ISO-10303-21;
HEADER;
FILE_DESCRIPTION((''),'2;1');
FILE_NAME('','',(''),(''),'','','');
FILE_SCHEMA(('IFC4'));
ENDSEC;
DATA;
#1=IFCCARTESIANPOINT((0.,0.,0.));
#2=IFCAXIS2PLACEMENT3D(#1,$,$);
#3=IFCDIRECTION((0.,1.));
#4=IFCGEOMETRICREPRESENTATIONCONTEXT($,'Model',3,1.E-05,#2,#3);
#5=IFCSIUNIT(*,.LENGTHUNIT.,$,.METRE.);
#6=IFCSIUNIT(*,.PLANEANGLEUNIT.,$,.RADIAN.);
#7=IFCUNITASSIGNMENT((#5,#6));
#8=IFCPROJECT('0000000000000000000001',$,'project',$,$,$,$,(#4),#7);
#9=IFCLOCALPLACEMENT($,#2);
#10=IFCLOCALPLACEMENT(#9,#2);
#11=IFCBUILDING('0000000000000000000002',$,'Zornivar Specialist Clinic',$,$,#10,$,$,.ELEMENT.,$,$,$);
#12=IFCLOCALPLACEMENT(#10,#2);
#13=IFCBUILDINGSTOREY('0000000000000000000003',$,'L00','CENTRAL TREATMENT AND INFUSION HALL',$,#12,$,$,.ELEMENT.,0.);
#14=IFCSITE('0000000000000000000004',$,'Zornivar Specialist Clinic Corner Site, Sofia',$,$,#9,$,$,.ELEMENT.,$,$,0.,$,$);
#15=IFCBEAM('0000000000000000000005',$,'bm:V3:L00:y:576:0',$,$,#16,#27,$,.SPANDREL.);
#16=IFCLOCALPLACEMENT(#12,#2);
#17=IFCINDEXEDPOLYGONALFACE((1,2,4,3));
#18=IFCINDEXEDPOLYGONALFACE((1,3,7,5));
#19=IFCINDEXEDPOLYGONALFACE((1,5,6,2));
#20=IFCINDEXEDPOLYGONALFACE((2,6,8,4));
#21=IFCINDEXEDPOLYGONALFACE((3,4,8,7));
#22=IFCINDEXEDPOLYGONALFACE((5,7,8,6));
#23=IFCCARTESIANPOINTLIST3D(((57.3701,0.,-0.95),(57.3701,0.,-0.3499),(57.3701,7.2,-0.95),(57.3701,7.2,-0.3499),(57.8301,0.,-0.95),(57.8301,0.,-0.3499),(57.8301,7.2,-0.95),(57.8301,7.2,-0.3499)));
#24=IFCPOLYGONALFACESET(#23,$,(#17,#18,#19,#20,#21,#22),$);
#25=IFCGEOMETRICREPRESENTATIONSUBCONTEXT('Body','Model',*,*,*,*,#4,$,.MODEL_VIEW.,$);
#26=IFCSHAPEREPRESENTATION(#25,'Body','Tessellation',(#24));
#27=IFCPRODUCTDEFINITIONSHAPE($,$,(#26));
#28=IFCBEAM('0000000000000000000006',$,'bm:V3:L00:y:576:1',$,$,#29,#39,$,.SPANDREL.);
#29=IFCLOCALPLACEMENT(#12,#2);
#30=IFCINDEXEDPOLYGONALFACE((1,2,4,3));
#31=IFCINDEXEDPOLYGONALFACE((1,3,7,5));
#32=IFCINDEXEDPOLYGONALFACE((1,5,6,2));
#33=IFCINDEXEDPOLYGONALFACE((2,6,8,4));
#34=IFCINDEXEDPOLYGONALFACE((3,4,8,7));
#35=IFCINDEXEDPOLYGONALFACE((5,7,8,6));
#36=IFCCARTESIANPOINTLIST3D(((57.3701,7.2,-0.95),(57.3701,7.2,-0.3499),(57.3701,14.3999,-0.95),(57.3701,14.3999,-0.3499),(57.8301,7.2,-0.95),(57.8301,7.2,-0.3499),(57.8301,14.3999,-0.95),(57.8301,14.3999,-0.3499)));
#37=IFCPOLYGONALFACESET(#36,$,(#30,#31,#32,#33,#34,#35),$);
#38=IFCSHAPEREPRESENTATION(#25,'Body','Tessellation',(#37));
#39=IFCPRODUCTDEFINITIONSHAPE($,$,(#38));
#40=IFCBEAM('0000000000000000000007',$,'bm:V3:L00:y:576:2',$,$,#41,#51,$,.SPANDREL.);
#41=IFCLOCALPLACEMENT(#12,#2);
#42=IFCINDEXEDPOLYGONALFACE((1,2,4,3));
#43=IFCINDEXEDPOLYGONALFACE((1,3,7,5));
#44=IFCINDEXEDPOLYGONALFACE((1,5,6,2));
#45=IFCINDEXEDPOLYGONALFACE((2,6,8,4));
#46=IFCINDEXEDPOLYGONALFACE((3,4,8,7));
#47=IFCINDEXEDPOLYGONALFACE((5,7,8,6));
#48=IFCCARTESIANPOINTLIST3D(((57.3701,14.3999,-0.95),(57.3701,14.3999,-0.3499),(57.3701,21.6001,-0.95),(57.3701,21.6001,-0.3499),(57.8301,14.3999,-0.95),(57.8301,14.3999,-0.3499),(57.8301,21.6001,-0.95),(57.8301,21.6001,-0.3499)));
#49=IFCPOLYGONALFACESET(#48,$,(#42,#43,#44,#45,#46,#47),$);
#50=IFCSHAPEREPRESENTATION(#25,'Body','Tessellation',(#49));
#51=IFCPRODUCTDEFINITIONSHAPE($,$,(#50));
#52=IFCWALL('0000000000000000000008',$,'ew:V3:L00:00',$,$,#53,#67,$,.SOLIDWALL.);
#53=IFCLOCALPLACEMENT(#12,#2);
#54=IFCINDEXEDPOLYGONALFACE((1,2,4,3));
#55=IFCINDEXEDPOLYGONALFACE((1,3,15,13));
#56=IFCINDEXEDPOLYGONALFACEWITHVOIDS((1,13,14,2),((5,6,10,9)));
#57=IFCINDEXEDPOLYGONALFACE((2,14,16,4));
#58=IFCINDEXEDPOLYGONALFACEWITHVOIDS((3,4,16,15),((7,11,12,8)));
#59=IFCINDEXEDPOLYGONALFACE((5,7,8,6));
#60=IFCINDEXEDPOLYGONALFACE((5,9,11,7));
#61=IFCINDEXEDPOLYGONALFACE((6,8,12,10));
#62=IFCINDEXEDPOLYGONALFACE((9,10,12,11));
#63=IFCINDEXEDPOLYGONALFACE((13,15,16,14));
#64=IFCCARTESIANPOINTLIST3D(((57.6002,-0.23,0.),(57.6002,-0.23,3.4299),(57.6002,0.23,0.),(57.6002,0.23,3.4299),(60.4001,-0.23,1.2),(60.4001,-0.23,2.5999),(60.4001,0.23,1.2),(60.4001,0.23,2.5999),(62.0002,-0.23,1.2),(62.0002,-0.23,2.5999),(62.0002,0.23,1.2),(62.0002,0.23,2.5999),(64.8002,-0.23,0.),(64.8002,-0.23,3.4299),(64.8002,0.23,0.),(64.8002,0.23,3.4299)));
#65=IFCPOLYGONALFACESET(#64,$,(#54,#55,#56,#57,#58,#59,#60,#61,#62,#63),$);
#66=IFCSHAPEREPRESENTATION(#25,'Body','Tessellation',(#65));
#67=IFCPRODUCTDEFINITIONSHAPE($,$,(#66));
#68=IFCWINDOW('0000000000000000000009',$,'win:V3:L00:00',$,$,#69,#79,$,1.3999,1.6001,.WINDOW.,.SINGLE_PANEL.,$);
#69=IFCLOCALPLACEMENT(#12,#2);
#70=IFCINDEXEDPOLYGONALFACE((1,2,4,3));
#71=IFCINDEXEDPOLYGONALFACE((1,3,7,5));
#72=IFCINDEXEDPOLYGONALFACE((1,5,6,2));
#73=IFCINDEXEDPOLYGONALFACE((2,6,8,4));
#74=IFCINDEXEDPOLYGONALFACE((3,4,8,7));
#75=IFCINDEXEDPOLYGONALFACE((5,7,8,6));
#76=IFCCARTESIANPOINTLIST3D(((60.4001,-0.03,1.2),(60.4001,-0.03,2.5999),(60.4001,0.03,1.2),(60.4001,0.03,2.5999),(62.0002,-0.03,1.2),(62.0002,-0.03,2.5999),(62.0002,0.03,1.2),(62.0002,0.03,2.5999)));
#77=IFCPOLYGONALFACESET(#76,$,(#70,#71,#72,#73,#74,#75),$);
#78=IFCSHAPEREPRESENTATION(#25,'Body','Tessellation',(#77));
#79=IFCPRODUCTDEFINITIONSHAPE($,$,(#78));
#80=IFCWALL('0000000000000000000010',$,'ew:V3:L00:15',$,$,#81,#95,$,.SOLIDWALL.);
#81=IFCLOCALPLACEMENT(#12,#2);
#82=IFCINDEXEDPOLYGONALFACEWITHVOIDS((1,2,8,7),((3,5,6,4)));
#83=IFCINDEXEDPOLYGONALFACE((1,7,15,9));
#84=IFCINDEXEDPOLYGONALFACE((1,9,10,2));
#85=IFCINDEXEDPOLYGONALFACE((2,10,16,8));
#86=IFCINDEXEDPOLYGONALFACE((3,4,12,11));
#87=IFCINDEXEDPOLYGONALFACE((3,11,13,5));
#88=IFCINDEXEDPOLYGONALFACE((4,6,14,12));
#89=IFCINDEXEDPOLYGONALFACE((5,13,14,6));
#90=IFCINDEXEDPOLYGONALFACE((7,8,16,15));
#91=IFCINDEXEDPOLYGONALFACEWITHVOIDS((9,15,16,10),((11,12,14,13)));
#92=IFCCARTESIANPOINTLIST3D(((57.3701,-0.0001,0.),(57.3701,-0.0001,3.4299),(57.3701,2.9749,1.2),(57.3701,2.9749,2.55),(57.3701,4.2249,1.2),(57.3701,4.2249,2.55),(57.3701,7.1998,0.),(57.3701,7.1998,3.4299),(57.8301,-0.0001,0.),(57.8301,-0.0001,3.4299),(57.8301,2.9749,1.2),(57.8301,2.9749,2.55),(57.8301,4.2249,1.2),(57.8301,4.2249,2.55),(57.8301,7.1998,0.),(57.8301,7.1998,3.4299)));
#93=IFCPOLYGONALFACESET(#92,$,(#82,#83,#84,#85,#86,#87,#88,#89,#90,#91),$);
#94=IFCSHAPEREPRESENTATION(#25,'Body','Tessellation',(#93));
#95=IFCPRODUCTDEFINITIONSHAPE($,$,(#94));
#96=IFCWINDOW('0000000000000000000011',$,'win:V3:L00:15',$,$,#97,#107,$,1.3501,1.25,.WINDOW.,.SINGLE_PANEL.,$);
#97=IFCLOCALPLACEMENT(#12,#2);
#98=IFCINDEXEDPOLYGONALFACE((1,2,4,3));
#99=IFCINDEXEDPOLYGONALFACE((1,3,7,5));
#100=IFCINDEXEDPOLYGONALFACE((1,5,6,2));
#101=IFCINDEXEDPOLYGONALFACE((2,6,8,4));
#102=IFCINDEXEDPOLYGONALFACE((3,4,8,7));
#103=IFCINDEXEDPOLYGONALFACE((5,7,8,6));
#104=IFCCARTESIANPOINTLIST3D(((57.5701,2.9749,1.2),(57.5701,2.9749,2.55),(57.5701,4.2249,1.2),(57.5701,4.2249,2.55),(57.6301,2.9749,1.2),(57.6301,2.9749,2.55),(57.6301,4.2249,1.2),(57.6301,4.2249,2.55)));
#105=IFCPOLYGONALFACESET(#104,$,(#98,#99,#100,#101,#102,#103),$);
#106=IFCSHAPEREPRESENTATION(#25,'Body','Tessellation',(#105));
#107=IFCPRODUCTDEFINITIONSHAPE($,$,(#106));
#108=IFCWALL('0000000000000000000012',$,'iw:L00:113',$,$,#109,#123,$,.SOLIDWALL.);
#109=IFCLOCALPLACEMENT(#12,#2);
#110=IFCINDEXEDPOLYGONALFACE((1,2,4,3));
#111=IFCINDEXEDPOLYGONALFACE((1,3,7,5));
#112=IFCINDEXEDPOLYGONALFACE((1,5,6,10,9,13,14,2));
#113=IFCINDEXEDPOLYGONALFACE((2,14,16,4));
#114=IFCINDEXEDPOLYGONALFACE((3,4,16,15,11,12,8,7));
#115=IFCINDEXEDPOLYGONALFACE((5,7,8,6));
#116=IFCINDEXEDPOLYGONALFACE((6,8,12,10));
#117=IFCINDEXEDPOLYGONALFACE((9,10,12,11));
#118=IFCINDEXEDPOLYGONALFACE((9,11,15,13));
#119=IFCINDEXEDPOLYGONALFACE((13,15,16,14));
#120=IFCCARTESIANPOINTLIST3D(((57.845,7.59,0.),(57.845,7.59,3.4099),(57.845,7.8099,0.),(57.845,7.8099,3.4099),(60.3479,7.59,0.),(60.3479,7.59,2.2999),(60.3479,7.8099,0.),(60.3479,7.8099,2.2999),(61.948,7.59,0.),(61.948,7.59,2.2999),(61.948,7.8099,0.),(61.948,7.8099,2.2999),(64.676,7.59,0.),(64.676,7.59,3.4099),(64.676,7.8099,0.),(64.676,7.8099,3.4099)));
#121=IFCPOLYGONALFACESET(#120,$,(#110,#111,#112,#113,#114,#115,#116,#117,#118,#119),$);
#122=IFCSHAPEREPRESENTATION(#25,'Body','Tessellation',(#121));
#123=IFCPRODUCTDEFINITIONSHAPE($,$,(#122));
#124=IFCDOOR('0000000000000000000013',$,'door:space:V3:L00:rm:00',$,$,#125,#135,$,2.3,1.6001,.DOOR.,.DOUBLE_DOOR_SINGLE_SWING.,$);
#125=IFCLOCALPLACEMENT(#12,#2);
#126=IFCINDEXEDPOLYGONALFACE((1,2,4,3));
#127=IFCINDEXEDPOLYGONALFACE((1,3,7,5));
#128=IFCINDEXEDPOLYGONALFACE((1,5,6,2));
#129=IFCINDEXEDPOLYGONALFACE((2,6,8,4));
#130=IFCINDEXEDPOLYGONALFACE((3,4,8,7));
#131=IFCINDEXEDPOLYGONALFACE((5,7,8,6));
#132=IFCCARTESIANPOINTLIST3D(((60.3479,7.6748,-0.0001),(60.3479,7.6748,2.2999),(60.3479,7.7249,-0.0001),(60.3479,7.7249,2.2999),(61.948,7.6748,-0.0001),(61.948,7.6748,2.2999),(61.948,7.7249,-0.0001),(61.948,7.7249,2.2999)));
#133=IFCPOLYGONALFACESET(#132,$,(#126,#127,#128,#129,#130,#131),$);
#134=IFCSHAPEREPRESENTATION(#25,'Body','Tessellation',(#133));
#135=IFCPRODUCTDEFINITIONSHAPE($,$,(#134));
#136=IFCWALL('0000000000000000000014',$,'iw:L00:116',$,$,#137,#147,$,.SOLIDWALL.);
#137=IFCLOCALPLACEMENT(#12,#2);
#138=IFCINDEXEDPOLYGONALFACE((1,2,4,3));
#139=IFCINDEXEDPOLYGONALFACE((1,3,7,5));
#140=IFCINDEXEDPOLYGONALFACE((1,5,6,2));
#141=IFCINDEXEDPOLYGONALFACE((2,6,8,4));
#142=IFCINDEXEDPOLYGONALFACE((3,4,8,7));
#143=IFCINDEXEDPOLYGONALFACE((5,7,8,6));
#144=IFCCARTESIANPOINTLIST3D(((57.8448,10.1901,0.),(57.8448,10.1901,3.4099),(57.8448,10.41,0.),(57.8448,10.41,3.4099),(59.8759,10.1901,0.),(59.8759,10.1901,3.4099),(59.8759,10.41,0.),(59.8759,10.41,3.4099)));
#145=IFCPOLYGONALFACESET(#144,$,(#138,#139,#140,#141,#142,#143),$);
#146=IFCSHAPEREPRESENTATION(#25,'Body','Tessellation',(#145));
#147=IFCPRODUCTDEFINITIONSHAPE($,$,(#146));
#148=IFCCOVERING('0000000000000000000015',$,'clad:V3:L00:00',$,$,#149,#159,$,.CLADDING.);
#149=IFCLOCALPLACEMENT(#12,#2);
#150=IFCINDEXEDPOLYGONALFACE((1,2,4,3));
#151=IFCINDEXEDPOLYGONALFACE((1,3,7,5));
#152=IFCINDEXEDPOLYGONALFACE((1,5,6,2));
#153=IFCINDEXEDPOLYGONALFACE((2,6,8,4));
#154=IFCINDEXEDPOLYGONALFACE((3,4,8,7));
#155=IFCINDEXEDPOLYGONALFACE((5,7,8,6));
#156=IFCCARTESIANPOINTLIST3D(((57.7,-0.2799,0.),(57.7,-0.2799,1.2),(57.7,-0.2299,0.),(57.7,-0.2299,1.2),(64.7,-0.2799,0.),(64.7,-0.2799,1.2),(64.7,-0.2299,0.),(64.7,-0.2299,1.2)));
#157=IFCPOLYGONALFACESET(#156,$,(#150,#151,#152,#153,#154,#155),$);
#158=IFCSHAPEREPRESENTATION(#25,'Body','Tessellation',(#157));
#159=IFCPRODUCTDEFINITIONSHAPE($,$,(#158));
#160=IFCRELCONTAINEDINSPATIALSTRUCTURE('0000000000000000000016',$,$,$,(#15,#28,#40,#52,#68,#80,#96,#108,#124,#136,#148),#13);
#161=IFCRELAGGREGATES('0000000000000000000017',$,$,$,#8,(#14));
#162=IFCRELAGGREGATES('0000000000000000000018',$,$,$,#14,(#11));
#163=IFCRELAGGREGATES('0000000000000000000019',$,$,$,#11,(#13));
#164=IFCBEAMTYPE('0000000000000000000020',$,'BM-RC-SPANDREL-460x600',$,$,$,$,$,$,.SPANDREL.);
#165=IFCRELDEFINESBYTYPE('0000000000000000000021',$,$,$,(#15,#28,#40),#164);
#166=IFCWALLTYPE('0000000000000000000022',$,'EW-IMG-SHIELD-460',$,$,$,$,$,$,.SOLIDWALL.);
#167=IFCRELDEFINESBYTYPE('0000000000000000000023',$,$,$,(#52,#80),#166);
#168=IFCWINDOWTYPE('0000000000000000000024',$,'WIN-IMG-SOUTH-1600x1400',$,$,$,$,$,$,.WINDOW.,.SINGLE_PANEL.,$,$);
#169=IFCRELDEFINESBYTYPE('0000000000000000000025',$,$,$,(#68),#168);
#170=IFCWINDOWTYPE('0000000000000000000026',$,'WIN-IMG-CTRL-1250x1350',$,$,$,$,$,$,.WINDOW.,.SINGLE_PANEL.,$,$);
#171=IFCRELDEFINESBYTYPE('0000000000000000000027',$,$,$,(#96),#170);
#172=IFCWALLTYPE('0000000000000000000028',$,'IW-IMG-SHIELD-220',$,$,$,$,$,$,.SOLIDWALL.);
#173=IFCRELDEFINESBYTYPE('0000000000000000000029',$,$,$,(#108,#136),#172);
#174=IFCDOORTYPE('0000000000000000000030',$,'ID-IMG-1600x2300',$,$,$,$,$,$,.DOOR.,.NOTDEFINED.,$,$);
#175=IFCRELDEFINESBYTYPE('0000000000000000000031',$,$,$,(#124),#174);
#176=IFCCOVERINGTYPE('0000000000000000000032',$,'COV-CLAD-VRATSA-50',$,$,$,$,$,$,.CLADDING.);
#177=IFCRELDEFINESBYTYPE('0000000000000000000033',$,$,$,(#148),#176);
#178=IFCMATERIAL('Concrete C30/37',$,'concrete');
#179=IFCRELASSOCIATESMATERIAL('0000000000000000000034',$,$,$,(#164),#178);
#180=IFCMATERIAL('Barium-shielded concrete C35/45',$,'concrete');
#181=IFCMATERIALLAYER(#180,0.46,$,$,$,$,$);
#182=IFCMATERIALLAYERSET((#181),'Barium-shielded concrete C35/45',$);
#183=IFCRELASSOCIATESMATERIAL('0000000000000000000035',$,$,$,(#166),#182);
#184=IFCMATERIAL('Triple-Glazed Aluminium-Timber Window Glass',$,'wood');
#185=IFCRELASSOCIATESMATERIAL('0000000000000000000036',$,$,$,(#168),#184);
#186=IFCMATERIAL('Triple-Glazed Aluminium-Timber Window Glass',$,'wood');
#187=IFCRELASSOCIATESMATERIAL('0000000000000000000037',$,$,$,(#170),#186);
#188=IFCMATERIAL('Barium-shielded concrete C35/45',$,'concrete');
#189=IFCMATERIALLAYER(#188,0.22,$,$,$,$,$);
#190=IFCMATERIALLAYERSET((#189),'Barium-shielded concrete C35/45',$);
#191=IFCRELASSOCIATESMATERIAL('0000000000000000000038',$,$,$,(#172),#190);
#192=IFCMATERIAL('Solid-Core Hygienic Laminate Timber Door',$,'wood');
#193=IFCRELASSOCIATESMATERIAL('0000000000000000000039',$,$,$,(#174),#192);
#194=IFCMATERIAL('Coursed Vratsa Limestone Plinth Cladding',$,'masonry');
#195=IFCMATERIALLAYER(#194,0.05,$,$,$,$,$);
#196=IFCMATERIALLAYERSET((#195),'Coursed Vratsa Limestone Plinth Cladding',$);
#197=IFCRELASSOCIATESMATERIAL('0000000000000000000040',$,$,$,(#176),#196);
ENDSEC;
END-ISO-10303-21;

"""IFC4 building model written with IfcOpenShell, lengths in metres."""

from ifc_helpers import new_model, si_unit, direction, frame, frame_2d, origin, origin_2d, place, context, subcontext, project, spatial, rectangle, extrude, material, layer, layer_set, material_profile, profile_set, type_object, element, fill, save


model = new_model("IFC4")

# Units and contexts
model_context = context("Model", 3, precision=1e-05, world=origin(), true_north=direction((0.0, 1.0)))
body_context = subcontext(model_context, "Body", "Model", "MODEL_VIEW")
ifc_project = project(units=[si_unit("LENGTHUNIT", "METRE"), si_unit("PLANEANGLEUNIT", "RADIAN")], contexts=[model_context])

# Site, building, storey
site_placement = place(None, origin())
site = spatial("IfcSite", under=ifc_project, at=site_placement, Name="Zornivar Specialist Clinic Corner Site, Sofia", CompositionType="ELEMENT", RefElevation=0.0)
building_placement = place(site_placement, origin())
building = spatial("IfcBuilding", under=site, at=building_placement, Name="Zornivar Specialist Clinic", CompositionType="ELEMENT")
storey_placement = place(building_placement, origin())
storey = spatial("IfcBuildingStorey", under=building, at=storey_placement, Name="L00", Description="CENTRAL TREATMENT AND INFUSION HALL", CompositionType="ELEMENT", Elevation=0.0)

# Beams
ifc_material_1 = material(Name="Concrete C30/37", Category="concrete")
ifc_material_profile_1 = material_profile(ifc_material_1, rectangle(XDim=0.46, YDim=0.6001, at=origin_2d()), Name="RC 460x600")
ifc_profile_set_1 = profile_set([ifc_material_profile_1], Name="Concrete C30/37")
beam_type_1 = type_object("IfcBeamType", Name="BM-RC-SPANDREL-460x600", PredefinedType="SPANDREL", material=ifc_profile_set_1)
for number, where, z_axis, x_axis, name in (
    (1, (57.6001, 0.0, -0.6499), (0.0, 1.0, 0.0), (-1.0, 0.0, 0.0), "bm:V3:L00:y:576:0"),
    (2, (57.6001, 7.2, -0.6499), (0.0, 1.0, 0.0), (-1.0, 0.0, 0.0), "bm:V3:L00:y:576:1"),
):
    element("IfcBeam", number, at=place(storey_placement, frame(where, z_axis=z_axis, x_axis=x_axis)), inside=storey, type_object=beam_type_1, Name=name, PredefinedType="SPANDREL", context=body_context, shape_type="SweptSolid", body=[
        extrude(rectangle(XDim=0.46, YDim=0.6001, at=origin_2d()), origin(), (0.0, 0.0, 1.0), 7.2),
    ])
beam_placement = place(storey_placement, frame((57.6001, 14.3999, -0.6499), z_axis=(0.0, 1.0, 0.0), x_axis=(-1.0, 0.0, 0.0)))
element("IfcBeam", 3, at=beam_placement, inside=storey, type_object=beam_type_1, Name="bm:V3:L00:y:576:2", PredefinedType="SPANDREL", context=body_context, shape_type="SweptSolid", body=[
    extrude(rectangle(XDim=0.46, YDim=0.6001, at=origin_2d()), origin(), (0.0, 0.0, 1.0), 7.2002),
])

# Wall, opening, window
ifc_material_2 = material(Name="Barium-shielded concrete C35/45", Category="concrete")
ifc_layer_1 = layer(ifc_material_2, 0.46)
ifc_layer_set_1 = layer_set([ifc_layer_1], Name="Barium-shielded concrete C35/45")
wall_type_1 = type_object("IfcWallType", Name="EW-IMG-SHIELD-460", PredefinedType="SOLIDWALL", material=ifc_layer_set_1)
wall_1_placement = place(storey_placement, frame((57.6001, 0.0, 0.0), z_axis=(0.0, 0.0, 1.0), x_axis=(1.0, 0.0, 0.0)))
wall_1 = element("IfcWall", 4, at=wall_1_placement, inside=storey, type_object=wall_type_1, Name="ew:V3:L00:00", PredefinedType="SOLIDWALL", context=body_context, shape_type="SweptSolid", body=[
    extrude(rectangle(XDim=7.2, YDim=0.46, at=frame_2d((3.6001, 0.0))), origin(), (0.0, 0.0, 1.0), 3.4299),
])
opening_1_placement = place(wall_1_placement, frame((2.8, 0.0, 1.2)))
opening_1 = element("IfcOpeningElement", 5, at=opening_1_placement, cuts=wall_1, PredefinedType="OPENING", context=body_context, shape_type="SweptSolid", body=[
    extrude(rectangle(XDim=1.6001, YDim=1.3999, at=frame_2d((0.8, 0.7))), frame((0.0, 0.24, 0.0), z_axis=(0.0, -1.0, 0.0), x_axis=(1.0, 0.0, 0.0)), (0.0, 0.0, 1.0), 0.48),
])
ifc_material_3 = material(Name="Triple-Glazed Aluminium-Timber Window Glass", Category="wood")
window_type_1 = type_object("IfcWindowType", Name="WIN-IMG-SOUTH-1600x1400", PartitioningType="SINGLE_PANEL", PredefinedType="WINDOW", material=ifc_material_3)
window_1_placement = place(opening_1_placement, origin())
window_1 = element("IfcWindow", 6, at=window_1_placement, inside=storey, type_object=window_type_1, Name="win:V3:L00:00", OverallHeight=1.3999, OverallWidth=1.6001, PartitioningType="SINGLE_PANEL", PredefinedType="WINDOW", context=body_context, shape_type="SweptSolid", body=[
    extrude(rectangle(XDim=1.6001, YDim=1.3999, at=frame_2d((0.8, 0.7))), frame((0.0, 0.03, 0.0), z_axis=(0.0, -1.0, 0.0), x_axis=(1.0, 0.0, 0.0)), (0.0, 0.0, 1.0), 0.0601),
])
fill(opening_1, window_1)

# Wall, opening, window
wall_2_placement = place(storey_placement, frame((57.6001, 7.2, 0.0), z_axis=(0.0, 0.0, 1.0), x_axis=(0.0, -1.0, 0.0)))
wall_2 = element("IfcWall", 7, at=wall_2_placement, inside=storey, type_object=wall_type_1, Name="ew:V3:L00:15", PredefinedType="SOLIDWALL", context=body_context, shape_type="SweptSolid", body=[
    extrude(rectangle(XDim=7.2, YDim=0.46, at=frame_2d((3.6001, 0.0))), origin(), (0.0, 0.0, 1.0), 3.4299),
])
opening_2_placement = place(wall_2_placement, frame((2.9751, 0.0, 1.2)))
opening_2 = element("IfcOpeningElement", 8, at=opening_2_placement, cuts=wall_2, PredefinedType="OPENING", context=body_context, shape_type="SweptSolid", body=[
    extrude(rectangle(XDim=1.25, YDim=1.3501, at=frame_2d((0.625, 0.675))), frame((0.0, 0.24, 0.0), z_axis=(0.0, -1.0, 0.0), x_axis=(1.0, 0.0, 0.0)), (0.0, 0.0, 1.0), 0.48),
])
ifc_material_4 = material(Name="Triple-Glazed Aluminium-Timber Window Glass", Category="wood")
window_type_2 = type_object("IfcWindowType", Name="WIN-IMG-CTRL-1250x1350", PartitioningType="SINGLE_PANEL", PredefinedType="WINDOW", material=ifc_material_4)
window_2_placement = place(opening_2_placement, origin())
window_2 = element("IfcWindow", 9, at=window_2_placement, inside=storey, type_object=window_type_2, Name="win:V3:L00:15", OverallHeight=1.3501, OverallWidth=1.25, PartitioningType="SINGLE_PANEL", PredefinedType="WINDOW", context=body_context, shape_type="SweptSolid", body=[
    extrude(rectangle(XDim=1.25, YDim=1.3501, at=frame_2d((0.625, 0.675))), frame((0.0, 0.03, 0.0), z_axis=(0.0, -1.0, 0.0), x_axis=(1.0, 0.0, 0.0)), (0.0, 0.0, 1.0), 0.0601),
])
fill(opening_2, window_2)

# Wall, opening, door
ifc_material_5 = material(Name="Barium-shielded concrete C35/45", Category="concrete")
ifc_layer_2 = layer(ifc_material_5, 0.22)
ifc_layer_set_2 = layer_set([ifc_layer_2], Name="Barium-shielded concrete C35/45")
wall_type_2 = type_object("IfcWallType", Name="IW-IMG-SHIELD-220", PredefinedType="SOLIDWALL", material=ifc_layer_set_2)
wall_3_placement = place(storey_placement, frame((57.845, 7.7, 0.0), z_axis=(0.0, 0.0, 1.0), x_axis=(1.0, 0.0, 0.0)))
wall_3 = element("IfcWall", 10, at=wall_3_placement, inside=storey, type_object=wall_type_2, Name="iw:L00:113", PredefinedType="SOLIDWALL", context=body_context, shape_type="SweptSolid", body=[
    extrude(rectangle(XDim=6.8311, YDim=0.22, at=frame_2d((3.4155, 0.0))), origin(), (0.0, 0.0, 1.0), 3.4099),
])
opening_3_placement = place(wall_3_placement, frame((2.5029, 0.0, 0.0)))
opening_3 = element("IfcOpeningElement", 11, at=opening_3_placement, cuts=wall_3, PredefinedType="OPENING", context=body_context, shape_type="SweptSolid", body=[
    extrude(rectangle(XDim=1.6001, YDim=2.3, at=frame_2d((0.8, 1.1499))), frame((0.0, 0.1199, 0.0), z_axis=(0.0, -1.0, 0.0), x_axis=(1.0, 0.0, 0.0)), (0.0, 0.0, 1.0), 0.24),
])
ifc_material_6 = material(Name="Solid-Core Hygienic Laminate Timber Door", Category="wood")
door_type_1 = type_object("IfcDoorType", Name="ID-IMG-1600x2300", OperationType="NOTDEFINED", PredefinedType="DOOR", material=ifc_material_6)
door_1_placement = place(opening_3_placement, origin())
door_1 = element("IfcDoor", 12, at=door_1_placement, inside=storey, type_object=door_type_1, Name="door:space:V3:L00:rm:00", OperationType="DOUBLE_DOOR_SINGLE_SWING", OverallHeight=2.3, OverallWidth=1.6001, PredefinedType="DOOR", context=body_context, shape_type="SweptSolid", body=[
    extrude(rectangle(XDim=1.6001, YDim=2.3, at=frame_2d((0.8, 1.1499))), frame((0.0, 0.0249, 0.0), z_axis=(0.0, -1.0, 0.0), x_axis=(1.0, 0.0, 0.0)), (0.0, 0.0, 1.0), 0.05),
])
fill(opening_3, door_1)

# Wall
wall_4_placement = place(storey_placement, frame((59.876, 10.3, 0.0), z_axis=(0.0, 0.0, 1.0), x_axis=(-1.0, 0.0, 0.0)))
element("IfcWall", 13, at=wall_4_placement, inside=storey, type_object=wall_type_2, Name="iw:L00:116", PredefinedType="SOLIDWALL", context=body_context, shape_type="SweptSolid", body=[
    extrude(rectangle(XDim=2.031, YDim=0.22, at=frame_2d((1.0156, 0.0))), origin(), (0.0, 0.0, 1.0), 3.4099),
])

# Covering
ifc_material_7 = material(Name="Coursed Vratsa Limestone Plinth Cladding", Category="masonry")
ifc_layer_3 = layer(ifc_material_7, 0.05)
ifc_layer_set_3 = layer_set([ifc_layer_3], Name="Coursed Vratsa Limestone Plinth Cladding")
covering_type = type_object("IfcCoveringType", Name="COV-CLAD-VRATSA-50", PredefinedType="CLADDING", material=ifc_layer_set_3)
covering_placement = place(storey_placement, frame((61.2, -0.2549, 0.0), z_axis=(0.0, 0.0, 1.0), x_axis=(1.0, 0.0, 0.0)))
element("IfcCovering", 14, at=covering_placement, inside=storey, type_object=covering_type, Name="clad:V3:L00:00", PredefinedType="CLADDING", context=body_context, shape_type="SweptSolid", body=[
    extrude(rectangle(XDim=7.0, YDim=0.05, at=origin_2d()), origin(), (0.0, 0.0, 1.0), 1.2),
])

save(model, "model.ifc")
